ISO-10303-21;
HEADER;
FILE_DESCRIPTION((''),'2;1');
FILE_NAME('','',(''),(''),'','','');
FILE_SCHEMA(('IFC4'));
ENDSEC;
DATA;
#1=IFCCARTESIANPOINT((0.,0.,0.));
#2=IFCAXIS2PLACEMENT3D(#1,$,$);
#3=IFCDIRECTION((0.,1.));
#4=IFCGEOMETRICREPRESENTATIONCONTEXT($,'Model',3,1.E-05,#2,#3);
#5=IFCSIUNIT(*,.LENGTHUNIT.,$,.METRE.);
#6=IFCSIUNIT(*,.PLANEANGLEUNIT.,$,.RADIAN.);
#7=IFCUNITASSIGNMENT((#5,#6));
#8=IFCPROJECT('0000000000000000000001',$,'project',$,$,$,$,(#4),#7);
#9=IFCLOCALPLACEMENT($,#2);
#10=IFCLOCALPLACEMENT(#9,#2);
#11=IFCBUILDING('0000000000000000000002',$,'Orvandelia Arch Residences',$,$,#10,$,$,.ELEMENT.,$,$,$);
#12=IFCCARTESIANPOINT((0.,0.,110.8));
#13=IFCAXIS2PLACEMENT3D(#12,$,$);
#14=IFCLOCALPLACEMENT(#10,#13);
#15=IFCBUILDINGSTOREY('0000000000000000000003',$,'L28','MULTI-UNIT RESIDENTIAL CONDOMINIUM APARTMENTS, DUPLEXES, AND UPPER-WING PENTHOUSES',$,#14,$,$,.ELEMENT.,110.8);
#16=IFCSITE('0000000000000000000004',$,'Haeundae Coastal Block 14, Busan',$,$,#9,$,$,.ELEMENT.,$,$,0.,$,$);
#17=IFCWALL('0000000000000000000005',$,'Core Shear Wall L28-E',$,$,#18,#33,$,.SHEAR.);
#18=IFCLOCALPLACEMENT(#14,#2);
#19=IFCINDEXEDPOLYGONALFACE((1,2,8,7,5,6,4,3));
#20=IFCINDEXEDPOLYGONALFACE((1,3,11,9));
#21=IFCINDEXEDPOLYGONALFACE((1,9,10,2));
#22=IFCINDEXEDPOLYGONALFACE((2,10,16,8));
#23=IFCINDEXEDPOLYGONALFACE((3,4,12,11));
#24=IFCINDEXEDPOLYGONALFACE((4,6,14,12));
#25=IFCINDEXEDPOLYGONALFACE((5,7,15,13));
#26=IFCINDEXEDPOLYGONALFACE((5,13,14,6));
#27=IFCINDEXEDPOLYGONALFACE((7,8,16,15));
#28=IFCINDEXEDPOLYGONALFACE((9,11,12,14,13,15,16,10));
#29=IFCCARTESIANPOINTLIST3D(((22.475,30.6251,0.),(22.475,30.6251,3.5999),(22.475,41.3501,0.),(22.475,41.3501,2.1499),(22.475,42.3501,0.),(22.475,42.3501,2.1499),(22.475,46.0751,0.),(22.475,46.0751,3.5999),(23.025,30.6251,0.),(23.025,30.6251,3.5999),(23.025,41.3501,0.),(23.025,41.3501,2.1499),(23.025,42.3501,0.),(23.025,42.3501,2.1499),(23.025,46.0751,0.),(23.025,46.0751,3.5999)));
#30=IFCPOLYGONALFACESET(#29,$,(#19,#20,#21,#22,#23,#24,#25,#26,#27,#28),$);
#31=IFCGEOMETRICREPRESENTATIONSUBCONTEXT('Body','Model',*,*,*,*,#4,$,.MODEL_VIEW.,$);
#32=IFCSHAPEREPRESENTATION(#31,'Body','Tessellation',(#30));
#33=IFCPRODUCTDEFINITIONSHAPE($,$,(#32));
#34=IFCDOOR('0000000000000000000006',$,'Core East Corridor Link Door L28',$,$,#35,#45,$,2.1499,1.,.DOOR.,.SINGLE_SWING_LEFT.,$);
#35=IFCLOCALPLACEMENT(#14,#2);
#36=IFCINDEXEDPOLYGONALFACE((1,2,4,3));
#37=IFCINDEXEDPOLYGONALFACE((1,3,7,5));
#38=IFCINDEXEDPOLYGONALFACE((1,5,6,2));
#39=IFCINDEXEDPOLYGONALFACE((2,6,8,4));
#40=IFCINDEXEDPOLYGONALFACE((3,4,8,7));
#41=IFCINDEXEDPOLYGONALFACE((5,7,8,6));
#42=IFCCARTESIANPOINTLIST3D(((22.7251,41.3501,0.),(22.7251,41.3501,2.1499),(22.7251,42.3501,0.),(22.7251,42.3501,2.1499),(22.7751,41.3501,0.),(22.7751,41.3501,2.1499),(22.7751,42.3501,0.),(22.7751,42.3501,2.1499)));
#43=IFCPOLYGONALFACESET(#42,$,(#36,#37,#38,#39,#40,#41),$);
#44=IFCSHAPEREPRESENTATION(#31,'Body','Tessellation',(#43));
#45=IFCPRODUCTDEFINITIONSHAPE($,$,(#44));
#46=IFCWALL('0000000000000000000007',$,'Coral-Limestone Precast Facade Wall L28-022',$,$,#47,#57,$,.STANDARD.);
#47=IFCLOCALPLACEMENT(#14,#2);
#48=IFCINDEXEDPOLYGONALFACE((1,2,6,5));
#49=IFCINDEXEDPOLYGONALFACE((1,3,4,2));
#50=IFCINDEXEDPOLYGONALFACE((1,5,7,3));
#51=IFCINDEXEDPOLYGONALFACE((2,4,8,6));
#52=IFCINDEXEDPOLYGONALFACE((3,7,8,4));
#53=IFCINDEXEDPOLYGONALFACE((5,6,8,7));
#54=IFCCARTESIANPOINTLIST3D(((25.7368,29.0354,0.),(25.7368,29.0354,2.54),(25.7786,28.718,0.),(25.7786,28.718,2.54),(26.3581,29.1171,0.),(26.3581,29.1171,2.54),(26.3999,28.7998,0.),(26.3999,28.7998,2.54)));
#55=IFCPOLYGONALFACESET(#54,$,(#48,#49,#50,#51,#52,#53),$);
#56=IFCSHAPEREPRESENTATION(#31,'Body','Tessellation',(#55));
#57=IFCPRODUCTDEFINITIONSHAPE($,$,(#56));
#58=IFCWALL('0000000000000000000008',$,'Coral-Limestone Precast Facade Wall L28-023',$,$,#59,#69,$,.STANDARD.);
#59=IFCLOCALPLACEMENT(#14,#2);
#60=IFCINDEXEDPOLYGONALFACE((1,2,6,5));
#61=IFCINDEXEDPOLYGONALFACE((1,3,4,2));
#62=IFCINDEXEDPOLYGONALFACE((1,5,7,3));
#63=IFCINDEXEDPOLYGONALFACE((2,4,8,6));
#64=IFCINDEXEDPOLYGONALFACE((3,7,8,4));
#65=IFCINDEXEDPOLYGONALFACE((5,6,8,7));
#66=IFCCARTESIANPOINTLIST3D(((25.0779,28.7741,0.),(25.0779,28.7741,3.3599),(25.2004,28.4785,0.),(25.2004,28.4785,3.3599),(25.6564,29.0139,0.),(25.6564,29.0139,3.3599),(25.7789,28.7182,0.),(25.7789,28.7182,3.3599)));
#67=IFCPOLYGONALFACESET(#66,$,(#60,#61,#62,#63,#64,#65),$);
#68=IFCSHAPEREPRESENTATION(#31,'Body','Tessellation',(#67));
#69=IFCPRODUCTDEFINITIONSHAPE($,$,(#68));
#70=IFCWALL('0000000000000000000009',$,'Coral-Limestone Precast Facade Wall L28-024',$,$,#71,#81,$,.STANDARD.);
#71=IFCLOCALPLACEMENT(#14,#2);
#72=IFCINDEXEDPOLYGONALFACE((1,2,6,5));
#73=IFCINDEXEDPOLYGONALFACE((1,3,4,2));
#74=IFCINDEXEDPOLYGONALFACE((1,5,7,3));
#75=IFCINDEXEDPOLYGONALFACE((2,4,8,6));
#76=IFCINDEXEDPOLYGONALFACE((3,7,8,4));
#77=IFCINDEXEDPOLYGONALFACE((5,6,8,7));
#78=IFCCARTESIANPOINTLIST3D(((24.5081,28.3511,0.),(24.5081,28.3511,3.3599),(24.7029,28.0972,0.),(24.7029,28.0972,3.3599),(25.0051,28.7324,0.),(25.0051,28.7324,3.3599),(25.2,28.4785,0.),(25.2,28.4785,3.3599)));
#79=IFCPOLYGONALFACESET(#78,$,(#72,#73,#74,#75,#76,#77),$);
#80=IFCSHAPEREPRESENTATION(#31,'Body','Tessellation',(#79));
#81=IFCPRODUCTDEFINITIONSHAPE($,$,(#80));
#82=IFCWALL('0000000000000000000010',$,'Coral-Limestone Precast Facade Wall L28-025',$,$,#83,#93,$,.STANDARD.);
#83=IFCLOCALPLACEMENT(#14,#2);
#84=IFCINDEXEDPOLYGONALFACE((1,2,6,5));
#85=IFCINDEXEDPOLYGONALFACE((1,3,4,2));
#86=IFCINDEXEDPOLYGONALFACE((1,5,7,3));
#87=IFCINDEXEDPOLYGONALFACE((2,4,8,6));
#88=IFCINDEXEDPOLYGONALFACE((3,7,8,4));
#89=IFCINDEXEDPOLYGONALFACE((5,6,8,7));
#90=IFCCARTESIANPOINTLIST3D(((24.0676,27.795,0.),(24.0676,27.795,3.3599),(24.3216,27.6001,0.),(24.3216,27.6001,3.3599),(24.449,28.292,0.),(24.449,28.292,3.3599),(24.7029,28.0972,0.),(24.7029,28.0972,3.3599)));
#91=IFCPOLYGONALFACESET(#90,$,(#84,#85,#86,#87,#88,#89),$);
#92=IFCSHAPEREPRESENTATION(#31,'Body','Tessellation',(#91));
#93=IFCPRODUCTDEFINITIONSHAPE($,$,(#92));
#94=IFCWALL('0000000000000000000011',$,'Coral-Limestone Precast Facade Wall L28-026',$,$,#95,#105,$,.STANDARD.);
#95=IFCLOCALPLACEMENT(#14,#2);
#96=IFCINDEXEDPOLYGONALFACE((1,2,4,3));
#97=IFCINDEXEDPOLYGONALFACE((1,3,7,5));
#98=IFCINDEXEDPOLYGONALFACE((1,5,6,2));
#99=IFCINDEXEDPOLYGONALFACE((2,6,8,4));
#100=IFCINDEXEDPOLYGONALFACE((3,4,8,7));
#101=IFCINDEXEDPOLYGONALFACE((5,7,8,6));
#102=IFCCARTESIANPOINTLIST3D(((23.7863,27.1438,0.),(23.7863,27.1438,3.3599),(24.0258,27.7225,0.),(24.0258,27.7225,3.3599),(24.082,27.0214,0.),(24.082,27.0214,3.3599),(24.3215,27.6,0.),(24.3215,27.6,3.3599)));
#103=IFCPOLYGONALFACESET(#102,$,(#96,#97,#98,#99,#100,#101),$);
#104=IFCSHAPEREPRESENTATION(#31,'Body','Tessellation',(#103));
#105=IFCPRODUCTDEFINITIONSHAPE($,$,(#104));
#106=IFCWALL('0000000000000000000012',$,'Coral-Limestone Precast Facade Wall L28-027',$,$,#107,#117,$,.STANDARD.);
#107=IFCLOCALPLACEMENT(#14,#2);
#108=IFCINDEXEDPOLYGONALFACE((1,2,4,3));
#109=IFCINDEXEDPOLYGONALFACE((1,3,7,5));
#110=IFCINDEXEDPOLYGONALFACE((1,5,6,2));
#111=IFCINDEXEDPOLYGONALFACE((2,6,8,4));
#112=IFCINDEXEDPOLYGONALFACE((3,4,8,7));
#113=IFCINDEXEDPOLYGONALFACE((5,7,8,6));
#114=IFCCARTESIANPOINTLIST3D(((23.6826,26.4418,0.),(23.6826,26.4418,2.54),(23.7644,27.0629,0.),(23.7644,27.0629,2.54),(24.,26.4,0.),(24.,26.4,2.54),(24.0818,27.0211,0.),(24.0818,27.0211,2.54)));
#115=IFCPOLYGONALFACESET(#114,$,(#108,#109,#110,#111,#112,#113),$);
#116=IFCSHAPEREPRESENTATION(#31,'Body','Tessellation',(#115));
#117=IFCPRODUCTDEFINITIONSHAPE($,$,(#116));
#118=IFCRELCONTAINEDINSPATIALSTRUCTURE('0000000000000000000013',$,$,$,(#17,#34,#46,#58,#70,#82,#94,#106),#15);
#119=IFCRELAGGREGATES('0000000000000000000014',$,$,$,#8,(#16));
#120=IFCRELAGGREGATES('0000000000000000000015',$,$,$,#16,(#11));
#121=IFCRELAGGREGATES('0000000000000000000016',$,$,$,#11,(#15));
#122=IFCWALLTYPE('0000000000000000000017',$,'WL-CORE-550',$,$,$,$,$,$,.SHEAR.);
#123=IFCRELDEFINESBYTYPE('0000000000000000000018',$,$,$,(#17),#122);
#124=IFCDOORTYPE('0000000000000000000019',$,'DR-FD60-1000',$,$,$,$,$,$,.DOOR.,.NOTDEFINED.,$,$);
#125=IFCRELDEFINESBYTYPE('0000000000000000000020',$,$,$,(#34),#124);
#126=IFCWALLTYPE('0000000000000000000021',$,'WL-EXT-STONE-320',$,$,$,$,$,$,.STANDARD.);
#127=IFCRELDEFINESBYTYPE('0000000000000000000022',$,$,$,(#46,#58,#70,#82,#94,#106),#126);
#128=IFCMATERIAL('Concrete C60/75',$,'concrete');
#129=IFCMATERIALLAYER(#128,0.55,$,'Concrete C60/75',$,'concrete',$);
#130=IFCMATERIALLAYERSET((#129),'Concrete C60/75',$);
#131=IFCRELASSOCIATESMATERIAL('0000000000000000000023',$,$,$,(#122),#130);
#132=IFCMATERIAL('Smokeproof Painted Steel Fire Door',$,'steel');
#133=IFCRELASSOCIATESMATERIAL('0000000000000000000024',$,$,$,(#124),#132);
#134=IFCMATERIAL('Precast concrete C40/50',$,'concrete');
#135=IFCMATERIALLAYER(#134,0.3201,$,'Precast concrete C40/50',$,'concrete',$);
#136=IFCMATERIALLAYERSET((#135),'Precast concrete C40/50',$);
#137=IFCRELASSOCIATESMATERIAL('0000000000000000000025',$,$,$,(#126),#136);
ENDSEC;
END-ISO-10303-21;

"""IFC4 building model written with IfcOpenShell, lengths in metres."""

from ifc_helpers import new_model, si_unit, direction, frame, frame_2d, origin, place, context, subcontext, project, spatial, rectangle, extrude, material, layer, layer_set, type_object, element, fill, save


model = new_model("IFC4")

# Units and contexts
model_context = context("Model", 3, precision=1e-05, world=origin(), true_north=direction((0.0, 1.0)))
body_context = subcontext(model_context, "Body", "Model", "MODEL_VIEW")
ifc_project = project(units=[si_unit("LENGTHUNIT", "METRE"), si_unit("PLANEANGLEUNIT", "RADIAN")], contexts=[model_context])

# Site, building, storey
site_placement = place(None, origin())
site = spatial("IfcSite", under=ifc_project, at=site_placement, Name="Haeundae Coastal Block 14, Busan", CompositionType="ELEMENT", RefElevation=0.0)
building_placement = place(site_placement, origin())
building = spatial("IfcBuilding", under=site, at=building_placement, Name="Orvandelia Arch Residences", CompositionType="ELEMENT")
storey_placement = place(building_placement, frame((0.0, 0.0, 110.8)))
storey = spatial("IfcBuildingStorey", under=building, at=storey_placement, Name="L28", Description="MULTI-UNIT RESIDENTIAL CONDOMINIUM APARTMENTS, DUPLEXES, AND UPPER-WING PENTHOUSES", CompositionType="ELEMENT", Elevation=110.8)

# Shared definitions
ifc_material_1 = material(Name="Concrete C60/75", Category="concrete")

# Wall, opening, door
ifc_layer_1 = layer(ifc_material_1, 0.55, Name="Concrete C60/75", Category="concrete")
ifc_layer_set_1 = layer_set([ifc_layer_1], Name="Concrete C60/75")
wall_type_1 = type_object("IfcWallType", Name="WL-CORE-550", PredefinedType="SHEAR", material=ifc_layer_set_1)
wall_1_placement = place(storey_placement, frame((22.75, 30.625, 0.0), z_axis=(0.0, 0.0, 1.0), x_axis=(0.0, 1.0, 0.0)))
wall_1 = element("IfcWall", 1, at=wall_1_placement, inside=storey, type_object=wall_type_1, Name="Core Shear Wall L28-E", PredefinedType="SHEAR", context=body_context, shape_type="SweptSolid", body=[
    extrude(rectangle(XDim=15.45, YDim=0.55, at=frame_2d((7.7251, 0.0))), origin(), (0.0, 0.0, 1.0), 3.5999),
])
opening_1_placement = place(wall_1_placement, frame((10.7251, 0.0, 0.0)))
opening_1 = element("IfcOpeningElement", 2, at=opening_1_placement, cuts=wall_1, PredefinedType="OPENING", context=body_context, shape_type="SweptSolid", body=[
    extrude(rectangle(XDim=1.0, YDim=2.1499, at=frame_2d((0.5, 1.075))), frame((0.0, 0.2852, 0.0), z_axis=(0.0, -1.0, 0.0), x_axis=(1.0, 0.0, 0.0)), (0.0, 0.0, 1.0), 0.5701),
])
ifc_material_2 = material(Name="Smokeproof Painted Steel Fire Door", Category="steel")
door_type = type_object("IfcDoorType", Name="DR-FD60-1000", OperationType="NOTDEFINED", PredefinedType="DOOR", material=ifc_material_2)
door_placement = place(opening_1_placement, origin())
door = element("IfcDoor", 3, at=door_placement, inside=storey, type_object=door_type, Name="Core East Corridor Link Door L28", OperationType="SINGLE_SWING_LEFT", OverallHeight=2.1499, OverallWidth=1.0, PredefinedType="DOOR", context=body_context, shape_type="SweptSolid", body=[
    extrude(rectangle(XDim=1.0, YDim=2.1499, at=frame_2d((0.5, 1.075))), frame((0.0, 0.0249, 0.0), z_axis=(0.0, -1.0, 0.0), x_axis=(1.0, 0.0, 0.0)), (0.0, 0.0, 1.0), 0.05),
])
fill(opening_1, door)

# Walls
ifc_material_3 = material(Name="Precast concrete C40/50", Category="concrete")
ifc_layer_2 = layer(ifc_material_3, 0.3201, Name="Precast concrete C40/50", Category="concrete")
ifc_layer_set_2 = layer_set([ifc_layer_2], Name="Precast concrete C40/50")
wall_type_2 = type_object("IfcWallType", Name="WL-EXT-STONE-320", PredefinedType="STANDARD", material=ifc_layer_set_2)
wall_2_placement = place(storey_placement, frame((26.3792, 28.9585, 0.0), z_axis=(0.0, 0.0, 1.0), x_axis=(-0.991448, -0.130505, 0.0)))
element("IfcWall", 4, at=wall_2_placement, inside=storey, type_object=wall_type_2, Name="Coral-Limestone Precast Facade Wall L28-022", PredefinedType="STANDARD", context=body_context, shape_type="SweptSolid", body=[
    extrude(rectangle(XDim=0.6267, YDim=0.3201, at=frame_2d((0.3135, 0.0))), origin(), (0.0, 0.0, 1.0), 2.54),
])
wall_3_placement = place(storey_placement, frame((25.7175, 28.866, 0.0), z_axis=(0.0, 0.0, 1.0), x_axis=(-0.923836, -0.382788, 0.0)))
element("IfcWall", 5, at=wall_3_placement, inside=storey, type_object=wall_type_2, Name="Coral-Limestone Precast Facade Wall L28-023", PredefinedType="STANDARD", context=body_context, shape_type="SweptSolid", body=[
    extrude(rectangle(XDim=0.6262, YDim=0.3201, at=frame_2d((0.313, 0.0))), origin(), (0.0, 0.0, 1.0), 3.3599),
])
for number, where, z_axis, x_axis, name in (
    (6, (25.1025, 28.6055, 0.0), (0.0, 0.0, 1.0), (-0.793406, -0.608693, 0.0), "Coral-Limestone Precast Facade Wall L28-024"),
    (7, (24.5759, 28.1946, 0.0), (0.0, 0.0, 1.0), (-0.608693, -0.793406, 0.0), "Coral-Limestone Precast Facade Wall L28-025"),
):
    element("IfcWall", number, at=place(storey_placement, frame(where, z_axis=z_axis, x_axis=x_axis)), inside=storey, type_object=wall_type_2, Name=name, PredefinedType="STANDARD", context=body_context, shape_type="SweptSolid", body=[
        extrude(rectangle(XDim=0.6265, YDim=0.3201, at=frame_2d((0.3132, 0.0))), origin(), (0.0, 0.0, 1.0), 3.3599),
    ])
wall_4_placement = place(storey_placement, frame((24.1736, 27.6611, 0.0), z_axis=(0.0, 0.0, 1.0), x_axis=(-0.382455, -0.923974, 0.0)))
element("IfcWall", 8, at=wall_4_placement, inside=storey, type_object=wall_type_2, Name="Coral-Limestone Precast Facade Wall L28-026", PredefinedType="STANDARD", context=body_context, shape_type="SweptSolid", body=[
    extrude(rectangle(XDim=0.6262, YDim=0.3201, at=frame_2d((0.313, 0.0))), origin(), (0.0, 0.0, 1.0), 3.3599),
])
wall_5_placement = place(storey_placement, frame((23.9231, 27.042, 0.0), z_axis=(0.0, 0.0, 1.0), x_axis=(-0.130555, -0.991441, 0.0)))
element("IfcWall", 9, at=wall_5_placement, inside=storey, type_object=wall_type_2, Name="Coral-Limestone Precast Facade Wall L28-027", PredefinedType="STANDARD", context=body_context, shape_type="SweptSolid", body=[
    extrude(rectangle(XDim=0.6265, YDim=0.3201, at=frame_2d((0.3132, 0.0))), origin(), (0.0, 0.0, 1.0), 2.54),
])

save(model, "model.ifc")
